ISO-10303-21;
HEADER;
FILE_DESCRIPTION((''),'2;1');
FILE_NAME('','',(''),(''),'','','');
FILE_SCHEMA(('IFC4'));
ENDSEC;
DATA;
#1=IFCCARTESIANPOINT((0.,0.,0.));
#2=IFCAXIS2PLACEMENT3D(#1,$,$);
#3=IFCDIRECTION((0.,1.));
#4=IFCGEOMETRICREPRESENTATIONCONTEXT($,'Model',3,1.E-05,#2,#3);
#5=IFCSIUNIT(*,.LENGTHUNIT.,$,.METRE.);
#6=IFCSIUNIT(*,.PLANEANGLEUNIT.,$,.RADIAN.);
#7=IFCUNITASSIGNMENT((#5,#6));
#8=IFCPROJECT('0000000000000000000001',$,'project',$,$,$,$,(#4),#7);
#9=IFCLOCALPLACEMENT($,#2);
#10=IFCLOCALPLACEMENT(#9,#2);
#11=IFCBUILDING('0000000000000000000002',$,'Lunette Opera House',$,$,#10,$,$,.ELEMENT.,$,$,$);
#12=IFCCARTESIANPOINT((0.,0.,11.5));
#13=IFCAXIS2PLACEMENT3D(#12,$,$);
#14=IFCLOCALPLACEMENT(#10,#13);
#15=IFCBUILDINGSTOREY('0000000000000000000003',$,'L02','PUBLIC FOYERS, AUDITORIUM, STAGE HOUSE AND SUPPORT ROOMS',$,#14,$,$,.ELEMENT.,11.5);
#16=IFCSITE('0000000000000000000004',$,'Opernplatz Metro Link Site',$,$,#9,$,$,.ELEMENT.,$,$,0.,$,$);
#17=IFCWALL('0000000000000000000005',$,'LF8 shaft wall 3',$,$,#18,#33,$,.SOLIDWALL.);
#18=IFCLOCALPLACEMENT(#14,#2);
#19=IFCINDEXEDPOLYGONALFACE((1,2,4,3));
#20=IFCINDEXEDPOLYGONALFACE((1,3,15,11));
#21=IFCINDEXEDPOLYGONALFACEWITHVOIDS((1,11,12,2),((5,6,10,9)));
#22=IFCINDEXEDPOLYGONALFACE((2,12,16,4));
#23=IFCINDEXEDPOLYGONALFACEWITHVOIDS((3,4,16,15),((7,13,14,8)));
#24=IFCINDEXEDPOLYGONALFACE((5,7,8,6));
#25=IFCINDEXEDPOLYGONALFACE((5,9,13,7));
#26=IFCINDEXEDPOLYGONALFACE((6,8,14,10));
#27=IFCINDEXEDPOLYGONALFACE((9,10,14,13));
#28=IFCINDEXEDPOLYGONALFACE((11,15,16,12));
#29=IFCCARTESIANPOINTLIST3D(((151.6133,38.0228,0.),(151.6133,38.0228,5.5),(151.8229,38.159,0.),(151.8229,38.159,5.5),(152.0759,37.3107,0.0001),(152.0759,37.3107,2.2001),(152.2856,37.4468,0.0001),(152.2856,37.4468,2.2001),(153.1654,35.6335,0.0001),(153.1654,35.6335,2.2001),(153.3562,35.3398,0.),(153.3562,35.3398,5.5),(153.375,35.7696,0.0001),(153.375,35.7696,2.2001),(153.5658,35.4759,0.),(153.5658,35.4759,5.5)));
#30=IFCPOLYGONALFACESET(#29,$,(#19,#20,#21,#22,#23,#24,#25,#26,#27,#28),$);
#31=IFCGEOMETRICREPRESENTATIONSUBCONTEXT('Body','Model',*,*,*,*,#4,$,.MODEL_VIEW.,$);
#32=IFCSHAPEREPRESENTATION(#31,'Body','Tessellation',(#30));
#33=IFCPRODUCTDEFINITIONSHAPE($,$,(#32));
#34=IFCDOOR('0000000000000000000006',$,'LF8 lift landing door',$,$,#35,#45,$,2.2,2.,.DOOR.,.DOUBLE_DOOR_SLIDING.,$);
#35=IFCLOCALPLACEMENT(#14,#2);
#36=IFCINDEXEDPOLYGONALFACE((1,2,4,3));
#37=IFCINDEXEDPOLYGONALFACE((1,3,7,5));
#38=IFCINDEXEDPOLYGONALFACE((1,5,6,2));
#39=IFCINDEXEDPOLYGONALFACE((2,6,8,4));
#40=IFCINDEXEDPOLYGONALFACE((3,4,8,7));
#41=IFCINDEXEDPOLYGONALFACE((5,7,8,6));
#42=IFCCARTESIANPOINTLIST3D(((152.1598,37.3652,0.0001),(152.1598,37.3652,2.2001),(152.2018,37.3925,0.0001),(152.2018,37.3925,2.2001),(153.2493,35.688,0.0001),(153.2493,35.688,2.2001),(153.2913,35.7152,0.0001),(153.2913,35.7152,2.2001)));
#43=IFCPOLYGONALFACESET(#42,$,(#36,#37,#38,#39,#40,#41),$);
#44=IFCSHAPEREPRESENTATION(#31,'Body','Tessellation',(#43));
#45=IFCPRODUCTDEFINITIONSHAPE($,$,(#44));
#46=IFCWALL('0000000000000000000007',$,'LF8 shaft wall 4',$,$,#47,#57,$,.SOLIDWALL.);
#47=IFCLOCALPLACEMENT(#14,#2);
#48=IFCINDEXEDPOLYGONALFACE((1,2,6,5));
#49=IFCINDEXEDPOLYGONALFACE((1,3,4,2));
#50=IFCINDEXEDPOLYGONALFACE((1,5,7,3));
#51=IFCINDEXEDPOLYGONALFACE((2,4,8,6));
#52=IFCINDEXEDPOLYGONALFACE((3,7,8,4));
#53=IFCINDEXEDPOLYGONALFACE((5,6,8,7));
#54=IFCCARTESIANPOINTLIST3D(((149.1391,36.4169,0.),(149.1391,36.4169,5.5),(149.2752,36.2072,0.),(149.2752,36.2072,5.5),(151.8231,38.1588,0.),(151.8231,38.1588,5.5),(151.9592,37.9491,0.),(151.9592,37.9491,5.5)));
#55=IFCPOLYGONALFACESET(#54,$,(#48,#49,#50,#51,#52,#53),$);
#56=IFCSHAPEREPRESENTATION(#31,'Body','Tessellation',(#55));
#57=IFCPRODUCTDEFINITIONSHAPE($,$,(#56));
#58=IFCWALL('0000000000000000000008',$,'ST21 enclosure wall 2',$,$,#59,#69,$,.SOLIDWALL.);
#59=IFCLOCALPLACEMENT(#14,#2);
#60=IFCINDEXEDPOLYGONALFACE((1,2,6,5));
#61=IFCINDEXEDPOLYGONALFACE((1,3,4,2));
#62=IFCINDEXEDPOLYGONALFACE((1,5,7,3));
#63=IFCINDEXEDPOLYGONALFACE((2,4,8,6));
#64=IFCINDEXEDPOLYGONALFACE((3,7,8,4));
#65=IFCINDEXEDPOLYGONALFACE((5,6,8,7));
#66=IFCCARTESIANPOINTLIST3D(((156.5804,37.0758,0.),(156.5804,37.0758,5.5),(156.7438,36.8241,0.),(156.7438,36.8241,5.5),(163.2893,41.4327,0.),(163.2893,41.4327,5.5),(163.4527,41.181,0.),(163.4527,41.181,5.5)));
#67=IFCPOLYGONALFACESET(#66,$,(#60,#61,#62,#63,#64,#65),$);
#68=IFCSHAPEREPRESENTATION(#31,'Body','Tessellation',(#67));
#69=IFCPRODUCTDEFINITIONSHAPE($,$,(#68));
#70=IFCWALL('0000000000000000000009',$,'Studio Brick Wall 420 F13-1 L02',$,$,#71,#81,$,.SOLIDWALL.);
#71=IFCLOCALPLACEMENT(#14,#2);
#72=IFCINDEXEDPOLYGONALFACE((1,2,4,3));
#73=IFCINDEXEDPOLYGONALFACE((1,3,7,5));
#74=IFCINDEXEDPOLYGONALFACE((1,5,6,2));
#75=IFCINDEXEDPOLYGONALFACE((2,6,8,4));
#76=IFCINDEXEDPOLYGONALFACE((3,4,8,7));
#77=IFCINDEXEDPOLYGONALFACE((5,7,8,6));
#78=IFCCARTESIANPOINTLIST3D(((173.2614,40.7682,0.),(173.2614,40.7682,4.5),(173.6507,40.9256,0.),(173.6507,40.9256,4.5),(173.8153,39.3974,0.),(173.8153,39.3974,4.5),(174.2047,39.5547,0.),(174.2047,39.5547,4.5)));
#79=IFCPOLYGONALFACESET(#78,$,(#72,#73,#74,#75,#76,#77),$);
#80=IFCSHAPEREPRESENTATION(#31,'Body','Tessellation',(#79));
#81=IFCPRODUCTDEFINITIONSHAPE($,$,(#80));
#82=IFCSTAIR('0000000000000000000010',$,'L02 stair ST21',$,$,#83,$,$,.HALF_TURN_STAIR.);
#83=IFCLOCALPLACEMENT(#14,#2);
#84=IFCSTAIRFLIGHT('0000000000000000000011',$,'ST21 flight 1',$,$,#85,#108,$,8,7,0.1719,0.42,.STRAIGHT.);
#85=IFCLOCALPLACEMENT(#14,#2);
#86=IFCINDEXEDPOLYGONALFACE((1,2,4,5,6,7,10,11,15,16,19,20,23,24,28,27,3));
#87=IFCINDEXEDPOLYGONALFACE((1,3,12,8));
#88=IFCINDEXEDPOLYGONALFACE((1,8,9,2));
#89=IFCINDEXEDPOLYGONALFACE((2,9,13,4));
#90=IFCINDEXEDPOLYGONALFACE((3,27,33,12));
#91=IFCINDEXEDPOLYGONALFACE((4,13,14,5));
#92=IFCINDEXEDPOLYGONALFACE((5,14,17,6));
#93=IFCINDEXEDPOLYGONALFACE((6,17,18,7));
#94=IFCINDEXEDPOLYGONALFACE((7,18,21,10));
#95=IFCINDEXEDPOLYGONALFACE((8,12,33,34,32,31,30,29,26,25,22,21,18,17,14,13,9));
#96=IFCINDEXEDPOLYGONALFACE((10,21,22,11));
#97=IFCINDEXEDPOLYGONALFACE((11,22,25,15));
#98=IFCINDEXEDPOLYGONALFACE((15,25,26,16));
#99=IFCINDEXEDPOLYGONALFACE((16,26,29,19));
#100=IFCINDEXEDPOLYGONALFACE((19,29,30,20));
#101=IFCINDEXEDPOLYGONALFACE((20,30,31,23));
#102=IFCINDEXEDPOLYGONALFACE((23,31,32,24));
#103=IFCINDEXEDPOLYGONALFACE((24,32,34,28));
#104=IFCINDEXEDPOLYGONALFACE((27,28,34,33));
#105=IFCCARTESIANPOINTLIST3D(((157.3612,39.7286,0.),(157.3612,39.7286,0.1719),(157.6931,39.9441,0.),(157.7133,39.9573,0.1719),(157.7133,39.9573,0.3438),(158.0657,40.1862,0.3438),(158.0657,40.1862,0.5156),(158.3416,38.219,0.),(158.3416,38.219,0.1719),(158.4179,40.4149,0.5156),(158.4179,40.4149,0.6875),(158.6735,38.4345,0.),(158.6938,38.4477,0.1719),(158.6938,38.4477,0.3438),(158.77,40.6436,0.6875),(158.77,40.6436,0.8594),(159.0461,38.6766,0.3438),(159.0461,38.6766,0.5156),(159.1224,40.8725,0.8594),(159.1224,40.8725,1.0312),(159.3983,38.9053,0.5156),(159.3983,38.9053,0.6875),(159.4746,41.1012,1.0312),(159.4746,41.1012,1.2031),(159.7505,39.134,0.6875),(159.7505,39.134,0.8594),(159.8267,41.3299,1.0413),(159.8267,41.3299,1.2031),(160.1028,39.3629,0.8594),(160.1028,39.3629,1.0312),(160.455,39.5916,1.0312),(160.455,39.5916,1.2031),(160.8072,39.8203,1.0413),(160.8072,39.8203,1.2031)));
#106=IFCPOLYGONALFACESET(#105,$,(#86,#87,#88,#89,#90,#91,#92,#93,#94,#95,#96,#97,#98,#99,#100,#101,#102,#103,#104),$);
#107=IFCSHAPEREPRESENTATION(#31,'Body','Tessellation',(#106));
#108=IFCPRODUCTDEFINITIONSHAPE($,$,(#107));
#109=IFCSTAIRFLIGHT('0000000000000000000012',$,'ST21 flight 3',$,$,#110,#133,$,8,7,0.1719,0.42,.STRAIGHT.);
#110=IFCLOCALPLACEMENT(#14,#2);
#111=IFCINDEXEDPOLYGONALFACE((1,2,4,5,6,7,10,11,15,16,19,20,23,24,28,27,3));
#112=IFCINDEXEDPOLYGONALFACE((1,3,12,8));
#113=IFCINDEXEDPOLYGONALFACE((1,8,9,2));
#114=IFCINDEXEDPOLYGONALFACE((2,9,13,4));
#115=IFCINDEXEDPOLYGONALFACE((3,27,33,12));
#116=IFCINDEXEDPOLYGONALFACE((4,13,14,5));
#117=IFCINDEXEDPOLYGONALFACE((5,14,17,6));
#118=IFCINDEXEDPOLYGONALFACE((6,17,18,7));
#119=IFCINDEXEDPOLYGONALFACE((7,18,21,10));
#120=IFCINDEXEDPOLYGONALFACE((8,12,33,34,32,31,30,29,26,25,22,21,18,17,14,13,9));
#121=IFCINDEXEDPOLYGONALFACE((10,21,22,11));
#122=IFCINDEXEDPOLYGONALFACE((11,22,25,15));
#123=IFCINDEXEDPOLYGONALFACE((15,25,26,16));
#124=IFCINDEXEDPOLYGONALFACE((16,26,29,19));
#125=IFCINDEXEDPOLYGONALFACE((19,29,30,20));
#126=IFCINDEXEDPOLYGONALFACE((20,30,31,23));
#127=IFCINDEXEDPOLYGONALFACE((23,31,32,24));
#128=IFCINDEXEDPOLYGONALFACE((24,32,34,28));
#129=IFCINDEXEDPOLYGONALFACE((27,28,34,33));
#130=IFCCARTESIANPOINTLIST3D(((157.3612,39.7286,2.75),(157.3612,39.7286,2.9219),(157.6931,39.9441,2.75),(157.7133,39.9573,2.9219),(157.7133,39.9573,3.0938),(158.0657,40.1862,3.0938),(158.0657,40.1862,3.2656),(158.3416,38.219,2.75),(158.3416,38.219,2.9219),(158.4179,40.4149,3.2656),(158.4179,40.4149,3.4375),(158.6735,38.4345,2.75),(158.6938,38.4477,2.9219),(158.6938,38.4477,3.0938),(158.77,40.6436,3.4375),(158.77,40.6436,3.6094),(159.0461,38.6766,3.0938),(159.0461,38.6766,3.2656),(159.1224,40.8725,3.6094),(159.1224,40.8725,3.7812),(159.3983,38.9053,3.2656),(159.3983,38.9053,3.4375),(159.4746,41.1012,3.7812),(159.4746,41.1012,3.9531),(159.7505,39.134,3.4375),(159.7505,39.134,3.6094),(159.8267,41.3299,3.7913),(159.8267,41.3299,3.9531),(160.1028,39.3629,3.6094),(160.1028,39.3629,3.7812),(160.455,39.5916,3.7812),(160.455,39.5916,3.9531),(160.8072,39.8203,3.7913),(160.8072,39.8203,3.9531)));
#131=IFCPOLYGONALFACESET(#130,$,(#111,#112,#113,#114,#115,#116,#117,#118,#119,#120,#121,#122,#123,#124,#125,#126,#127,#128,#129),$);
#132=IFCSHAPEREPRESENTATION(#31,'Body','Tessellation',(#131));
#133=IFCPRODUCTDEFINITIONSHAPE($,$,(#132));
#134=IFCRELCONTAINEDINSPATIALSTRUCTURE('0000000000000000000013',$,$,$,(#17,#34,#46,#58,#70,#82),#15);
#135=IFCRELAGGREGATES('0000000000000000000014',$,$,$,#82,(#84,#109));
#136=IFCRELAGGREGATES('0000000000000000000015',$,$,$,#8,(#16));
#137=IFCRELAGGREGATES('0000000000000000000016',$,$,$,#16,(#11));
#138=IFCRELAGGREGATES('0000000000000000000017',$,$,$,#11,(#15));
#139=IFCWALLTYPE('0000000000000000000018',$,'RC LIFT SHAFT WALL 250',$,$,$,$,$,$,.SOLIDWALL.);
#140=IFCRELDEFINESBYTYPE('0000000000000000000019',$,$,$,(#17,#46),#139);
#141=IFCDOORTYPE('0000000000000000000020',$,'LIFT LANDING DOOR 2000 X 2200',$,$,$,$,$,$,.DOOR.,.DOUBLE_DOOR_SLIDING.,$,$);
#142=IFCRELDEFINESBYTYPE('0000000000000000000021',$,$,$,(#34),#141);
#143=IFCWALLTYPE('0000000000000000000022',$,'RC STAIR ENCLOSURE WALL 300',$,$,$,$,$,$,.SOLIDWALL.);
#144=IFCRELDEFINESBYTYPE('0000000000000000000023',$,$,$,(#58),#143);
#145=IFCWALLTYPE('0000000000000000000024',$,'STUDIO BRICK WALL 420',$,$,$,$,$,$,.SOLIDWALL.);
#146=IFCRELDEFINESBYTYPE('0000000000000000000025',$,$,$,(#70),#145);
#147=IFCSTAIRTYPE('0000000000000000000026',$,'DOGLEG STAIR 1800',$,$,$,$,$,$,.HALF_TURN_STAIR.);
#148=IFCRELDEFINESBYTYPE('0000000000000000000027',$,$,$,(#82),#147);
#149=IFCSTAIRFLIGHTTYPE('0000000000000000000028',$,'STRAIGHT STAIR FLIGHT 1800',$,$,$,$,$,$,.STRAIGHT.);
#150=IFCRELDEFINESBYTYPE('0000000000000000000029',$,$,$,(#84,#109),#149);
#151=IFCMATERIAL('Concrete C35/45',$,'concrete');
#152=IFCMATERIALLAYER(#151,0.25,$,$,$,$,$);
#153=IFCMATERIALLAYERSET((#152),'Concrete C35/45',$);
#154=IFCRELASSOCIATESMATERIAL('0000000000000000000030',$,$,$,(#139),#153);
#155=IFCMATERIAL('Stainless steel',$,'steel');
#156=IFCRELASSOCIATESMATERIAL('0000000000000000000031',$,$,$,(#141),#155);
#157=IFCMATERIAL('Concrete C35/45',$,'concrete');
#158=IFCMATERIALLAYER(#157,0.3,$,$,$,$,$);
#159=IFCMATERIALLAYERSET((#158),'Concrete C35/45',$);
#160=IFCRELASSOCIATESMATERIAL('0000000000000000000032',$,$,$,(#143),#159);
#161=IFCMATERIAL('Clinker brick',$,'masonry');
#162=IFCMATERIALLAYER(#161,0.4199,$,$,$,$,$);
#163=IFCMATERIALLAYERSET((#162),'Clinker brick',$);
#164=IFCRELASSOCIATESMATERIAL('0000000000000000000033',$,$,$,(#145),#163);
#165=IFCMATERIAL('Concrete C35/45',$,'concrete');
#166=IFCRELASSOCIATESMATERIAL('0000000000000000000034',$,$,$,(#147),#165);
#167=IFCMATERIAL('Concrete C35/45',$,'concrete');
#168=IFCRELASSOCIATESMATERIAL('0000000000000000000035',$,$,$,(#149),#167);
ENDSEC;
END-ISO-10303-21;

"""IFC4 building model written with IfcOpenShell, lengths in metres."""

from ifc_helpers import new_model, si_unit, direction, frame, frame_2d, origin, place, context, subcontext, project, spatial, polyline, rectangle, outline, extrude, material, layer, layer_set, type_object, element, fill, aggregate, save


model = new_model("IFC4")

# Units and contexts
model_context = context("Model", 3, precision=1e-05, world=origin(), true_north=direction((0.0, 1.0)))
body_context = subcontext(model_context, "Body", "Model", "MODEL_VIEW")
ifc_project = project(units=[si_unit("LENGTHUNIT", "METRE"), si_unit("PLANEANGLEUNIT", "RADIAN")], contexts=[model_context])

# Site, building, storey
site_placement = place(None, origin())
site = spatial("IfcSite", under=ifc_project, at=site_placement, Name="Opernplatz Metro Link Site", CompositionType="ELEMENT", RefElevation=0.0)
building_placement = place(site_placement, origin())
building = spatial("IfcBuilding", under=site, at=building_placement, Name="Lunette Opera House", CompositionType="ELEMENT")
storey_placement = place(building_placement, frame((0.0, 0.0, 11.5)))
storey = spatial("IfcBuildingStorey", under=building, at=storey_placement, Name="L02", Description="PUBLIC FOYERS, AUDITORIUM, STAGE HOUSE AND SUPPORT ROOMS", CompositionType="ELEMENT", Elevation=11.5)

# Wall, opening, door
ifc_material_1 = material(Name="Concrete C35/45", Category="concrete")
ifc_layer_1 = layer(ifc_material_1, 0.25)
ifc_layer_set_1 = layer_set([ifc_layer_1], Name="Concrete C35/45")
wall_type_1 = type_object("IfcWallType", Name="RC LIFT SHAFT WALL 250", PredefinedType="SOLIDWALL", material=ifc_layer_set_1)
wall_1_placement = place(storey_placement, frame((153.4609, 35.408, 0.0), z_axis=(0.0, 0.0, 1.0), x_axis=(-0.544747, 0.8386, 0.0)))
wall_1 = element("IfcWall", 1, at=wall_1_placement, inside=storey, type_object=wall_type_1, Name="LF8 shaft wall 3", PredefinedType="SOLIDWALL", context=body_context, shape_type="SweptSolid", body=[
    extrude(rectangle(XDim=3.1995, YDim=0.25, at=frame_2d((1.5996, 0.0))), origin(), (0.0, 0.0, 1.0), 5.5),
])
opening_1_placement = place(wall_1_placement, frame((0.3501, 0.0, 0.0)))
opening_1 = element("IfcOpeningElement", 2, at=opening_1_placement, cuts=wall_1, PredefinedType="OPENING", context=body_context, shape_type="SweptSolid", body=[
    extrude(rectangle(XDim=2.0, YDim=2.2, at=frame_2d((1.0, 1.1001))), frame((0.0, 0.137, 0.0), z_axis=(0.0, -1.0, 0.0), x_axis=(1.0, 0.0, 0.0)), (0.0, 0.0, 1.0), 0.2739),
])
ifc_material_2 = material(Name="Stainless steel", Category="steel")
door_type_1 = type_object("IfcDoorType", Name="LIFT LANDING DOOR 2000 X 2200", OperationType="DOUBLE_DOOR_SLIDING", PredefinedType="DOOR", material=ifc_material_2)
door_1_placement = place(opening_1_placement, origin())
door_1 = element("IfcDoor", 3, at=door_1_placement, inside=storey, type_object=door_type_1, Name="LF8 lift landing door", OperationType="DOUBLE_DOOR_SLIDING", OverallHeight=2.2, OverallWidth=2.0, PredefinedType="DOOR", context=body_context, shape_type="SweptSolid", body=[
    extrude(rectangle(XDim=2.0, YDim=2.2, at=frame_2d((1.0, 1.1001))), frame((0.0, 0.0249, 0.0), z_axis=(0.0, -1.0, 0.0), x_axis=(1.0, 0.0, 0.0)), (0.0, 0.0, 1.0), 0.05),
])
fill(opening_1, door_1)

# Walls
wall_2_placement = place(storey_placement, frame((151.8911, 38.054, 0.0), z_axis=(0.0, 0.0, 1.0), x_axis=(-0.83883, -0.544393, 0.0)))
element("IfcWall", 4, at=wall_2_placement, inside=storey, type_object=wall_type_1, Name="LF8 shaft wall 4", PredefinedType="SOLIDWALL", context=body_context, shape_type="SweptSolid", body=[
    extrude(rectangle(XDim=3.1997, YDim=0.25, at=frame_2d((1.5999, 0.0))), origin(), (0.0, 0.0, 1.0), 5.5),
])
ifc_material_3 = material(Name="Concrete C35/45", Category="concrete")
ifc_layer_2 = layer(ifc_material_3, 0.3)
ifc_layer_set_2 = layer_set([ifc_layer_2], Name="Concrete C35/45")
wall_type_2 = type_object("IfcWallType", Name="RC STAIR ENCLOSURE WALL 300", PredefinedType="SOLIDWALL", material=ifc_layer_set_2)
wall_3_placement = place(storey_placement, frame((156.6621, 36.95, 0.0), z_axis=(0.0, 0.0, 1.0), x_axis=(0.838667, 0.544645, 0.0)))
element("IfcWall", 5, at=wall_3_placement, inside=storey, type_object=wall_type_2, Name="ST21 enclosure wall 2", PredefinedType="SOLIDWALL", context=body_context, shape_type="SweptSolid", body=[
    extrude(rectangle(XDim=7.9995, YDim=0.3, at=frame_2d((3.9998, 0.0))), origin(), (0.0, 0.0, 1.0), 5.5),
])
ifc_material_4 = material(Name="Clinker brick", Category="masonry")
ifc_layer_3 = layer(ifc_material_4, 0.4199)
ifc_layer_set_3 = layer_set([ifc_layer_3], Name="Clinker brick")
wall_type_3 = type_object("IfcWallType", Name="STUDIO BRICK WALL 420", PredefinedType="SOLIDWALL", material=ifc_layer_set_3)
wall_4_placement = place(storey_placement, frame((174.01, 39.4761, 0.0), z_axis=(0.0, 0.0, 1.0), x_axis=(-0.374662, 0.927161, 0.0)))
element("IfcWall", 6, at=wall_4_placement, inside=storey, type_object=wall_type_3, Name="Studio Brick Wall 420 F13-1 L02", PredefinedType="SOLIDWALL", context=body_context, shape_type="SweptSolid", body=[
    extrude(rectangle(XDim=1.4785, YDim=0.4199, at=frame_2d((0.7393, 0.0))), origin(), (0.0, 0.0, 1.0), 4.5),
])

# Stair, stair flights
ifc_material_5 = material(Name="Concrete C35/45", Category="concrete")
stair_type = type_object("IfcStairType", Name="DOGLEG STAIR 1800", PredefinedType="HALF_TURN_STAIR", material=ifc_material_5)
stair_placement = place(storey_placement, origin())
stair = element("IfcStair", 7, at=stair_placement, inside=storey, type_object=stair_type, Name="L02 stair ST21", PredefinedType="HALF_TURN_STAIR")
ifc_material_6 = material(Name="Concrete C35/45", Category="concrete")
stair_flight_type = type_object("IfcStairFlightType", Name="STRAIGHT STAIR FLIGHT 1800", PredefinedType="STRAIGHT", material=ifc_material_6)
stair_flight_1_placement = place(storey_placement, frame((157.8513, 38.9739, 0.0), z_axis=(0.0, 0.0, 1.0), x_axis=(0.838643, 0.544681, 0.0)))
stair_flight_1 = element("IfcStairFlight", 8, at=stair_flight_1_placement, type_object=stair_flight_type, Name="ST21 flight 1", NumberOfRisers=8, NumberOfTreads=7, PredefinedType="STRAIGHT", RiserHeight=0.1719, TreadLength=0.42, context=body_context, shape_type="SweptSolid", body=[
    extrude(outline(polyline([(0.0, 0.0), (0.0, 0.1719), (0.4199, 0.1719), (0.4199, 0.3438), (0.8401, 0.3438), (0.8401, 0.5156), (1.26, 0.5156), (1.26, 0.6875), (1.6799, 0.6875), (1.6799, 0.8594), (2.1001, 0.8594), (2.1001, 1.0312), (2.52, 1.0312), (2.52, 1.2031), (2.9399, 1.2031), (2.9399, 1.375), (2.9399, 1.0413), (0.3958, 0.0), (0.0, 0.0)])), frame((0.0, 0.8999, 0.0), z_axis=(0.0, -1.0, 0.0), x_axis=(1.0, 0.0, 0.0)), (0.0, 0.0, 1.0), 1.8),
])
stair_flight_2_placement = place(storey_placement, frame((157.8513, 38.9739, 2.75), z_axis=(0.0, 0.0, 1.0), x_axis=(0.838643, 0.544681, 0.0)))
stair_flight_2 = element("IfcStairFlight", 9, at=stair_flight_2_placement, type_object=stair_flight_type, Name="ST21 flight 3", NumberOfRisers=8, NumberOfTreads=7, PredefinedType="STRAIGHT", RiserHeight=0.1719, TreadLength=0.42, context=body_context, shape_type="SweptSolid", body=[
    extrude(outline(polyline([(0.0, 0.0), (0.0, 0.1719), (0.4199, 0.1719), (0.4199, 0.3438), (0.8401, 0.3438), (0.8401, 0.5156), (1.26, 0.5156), (1.26, 0.6875), (1.6799, 0.6875), (1.6799, 0.8594), (2.1001, 0.8594), (2.1001, 1.0312), (2.52, 1.0312), (2.52, 1.2031), (2.9399, 1.2031), (2.9399, 1.375), (2.9399, 1.0413), (0.3958, 0.0), (0.0, 0.0)])), frame((0.0, 0.8999, 0.0), z_axis=(0.0, -1.0, 0.0), x_axis=(1.0, 0.0, 0.0)), (0.0, 0.0, 1.0), 1.8),
])
aggregate(stair, [stair_flight_1, stair_flight_2])

save(model, "model.ifc")
